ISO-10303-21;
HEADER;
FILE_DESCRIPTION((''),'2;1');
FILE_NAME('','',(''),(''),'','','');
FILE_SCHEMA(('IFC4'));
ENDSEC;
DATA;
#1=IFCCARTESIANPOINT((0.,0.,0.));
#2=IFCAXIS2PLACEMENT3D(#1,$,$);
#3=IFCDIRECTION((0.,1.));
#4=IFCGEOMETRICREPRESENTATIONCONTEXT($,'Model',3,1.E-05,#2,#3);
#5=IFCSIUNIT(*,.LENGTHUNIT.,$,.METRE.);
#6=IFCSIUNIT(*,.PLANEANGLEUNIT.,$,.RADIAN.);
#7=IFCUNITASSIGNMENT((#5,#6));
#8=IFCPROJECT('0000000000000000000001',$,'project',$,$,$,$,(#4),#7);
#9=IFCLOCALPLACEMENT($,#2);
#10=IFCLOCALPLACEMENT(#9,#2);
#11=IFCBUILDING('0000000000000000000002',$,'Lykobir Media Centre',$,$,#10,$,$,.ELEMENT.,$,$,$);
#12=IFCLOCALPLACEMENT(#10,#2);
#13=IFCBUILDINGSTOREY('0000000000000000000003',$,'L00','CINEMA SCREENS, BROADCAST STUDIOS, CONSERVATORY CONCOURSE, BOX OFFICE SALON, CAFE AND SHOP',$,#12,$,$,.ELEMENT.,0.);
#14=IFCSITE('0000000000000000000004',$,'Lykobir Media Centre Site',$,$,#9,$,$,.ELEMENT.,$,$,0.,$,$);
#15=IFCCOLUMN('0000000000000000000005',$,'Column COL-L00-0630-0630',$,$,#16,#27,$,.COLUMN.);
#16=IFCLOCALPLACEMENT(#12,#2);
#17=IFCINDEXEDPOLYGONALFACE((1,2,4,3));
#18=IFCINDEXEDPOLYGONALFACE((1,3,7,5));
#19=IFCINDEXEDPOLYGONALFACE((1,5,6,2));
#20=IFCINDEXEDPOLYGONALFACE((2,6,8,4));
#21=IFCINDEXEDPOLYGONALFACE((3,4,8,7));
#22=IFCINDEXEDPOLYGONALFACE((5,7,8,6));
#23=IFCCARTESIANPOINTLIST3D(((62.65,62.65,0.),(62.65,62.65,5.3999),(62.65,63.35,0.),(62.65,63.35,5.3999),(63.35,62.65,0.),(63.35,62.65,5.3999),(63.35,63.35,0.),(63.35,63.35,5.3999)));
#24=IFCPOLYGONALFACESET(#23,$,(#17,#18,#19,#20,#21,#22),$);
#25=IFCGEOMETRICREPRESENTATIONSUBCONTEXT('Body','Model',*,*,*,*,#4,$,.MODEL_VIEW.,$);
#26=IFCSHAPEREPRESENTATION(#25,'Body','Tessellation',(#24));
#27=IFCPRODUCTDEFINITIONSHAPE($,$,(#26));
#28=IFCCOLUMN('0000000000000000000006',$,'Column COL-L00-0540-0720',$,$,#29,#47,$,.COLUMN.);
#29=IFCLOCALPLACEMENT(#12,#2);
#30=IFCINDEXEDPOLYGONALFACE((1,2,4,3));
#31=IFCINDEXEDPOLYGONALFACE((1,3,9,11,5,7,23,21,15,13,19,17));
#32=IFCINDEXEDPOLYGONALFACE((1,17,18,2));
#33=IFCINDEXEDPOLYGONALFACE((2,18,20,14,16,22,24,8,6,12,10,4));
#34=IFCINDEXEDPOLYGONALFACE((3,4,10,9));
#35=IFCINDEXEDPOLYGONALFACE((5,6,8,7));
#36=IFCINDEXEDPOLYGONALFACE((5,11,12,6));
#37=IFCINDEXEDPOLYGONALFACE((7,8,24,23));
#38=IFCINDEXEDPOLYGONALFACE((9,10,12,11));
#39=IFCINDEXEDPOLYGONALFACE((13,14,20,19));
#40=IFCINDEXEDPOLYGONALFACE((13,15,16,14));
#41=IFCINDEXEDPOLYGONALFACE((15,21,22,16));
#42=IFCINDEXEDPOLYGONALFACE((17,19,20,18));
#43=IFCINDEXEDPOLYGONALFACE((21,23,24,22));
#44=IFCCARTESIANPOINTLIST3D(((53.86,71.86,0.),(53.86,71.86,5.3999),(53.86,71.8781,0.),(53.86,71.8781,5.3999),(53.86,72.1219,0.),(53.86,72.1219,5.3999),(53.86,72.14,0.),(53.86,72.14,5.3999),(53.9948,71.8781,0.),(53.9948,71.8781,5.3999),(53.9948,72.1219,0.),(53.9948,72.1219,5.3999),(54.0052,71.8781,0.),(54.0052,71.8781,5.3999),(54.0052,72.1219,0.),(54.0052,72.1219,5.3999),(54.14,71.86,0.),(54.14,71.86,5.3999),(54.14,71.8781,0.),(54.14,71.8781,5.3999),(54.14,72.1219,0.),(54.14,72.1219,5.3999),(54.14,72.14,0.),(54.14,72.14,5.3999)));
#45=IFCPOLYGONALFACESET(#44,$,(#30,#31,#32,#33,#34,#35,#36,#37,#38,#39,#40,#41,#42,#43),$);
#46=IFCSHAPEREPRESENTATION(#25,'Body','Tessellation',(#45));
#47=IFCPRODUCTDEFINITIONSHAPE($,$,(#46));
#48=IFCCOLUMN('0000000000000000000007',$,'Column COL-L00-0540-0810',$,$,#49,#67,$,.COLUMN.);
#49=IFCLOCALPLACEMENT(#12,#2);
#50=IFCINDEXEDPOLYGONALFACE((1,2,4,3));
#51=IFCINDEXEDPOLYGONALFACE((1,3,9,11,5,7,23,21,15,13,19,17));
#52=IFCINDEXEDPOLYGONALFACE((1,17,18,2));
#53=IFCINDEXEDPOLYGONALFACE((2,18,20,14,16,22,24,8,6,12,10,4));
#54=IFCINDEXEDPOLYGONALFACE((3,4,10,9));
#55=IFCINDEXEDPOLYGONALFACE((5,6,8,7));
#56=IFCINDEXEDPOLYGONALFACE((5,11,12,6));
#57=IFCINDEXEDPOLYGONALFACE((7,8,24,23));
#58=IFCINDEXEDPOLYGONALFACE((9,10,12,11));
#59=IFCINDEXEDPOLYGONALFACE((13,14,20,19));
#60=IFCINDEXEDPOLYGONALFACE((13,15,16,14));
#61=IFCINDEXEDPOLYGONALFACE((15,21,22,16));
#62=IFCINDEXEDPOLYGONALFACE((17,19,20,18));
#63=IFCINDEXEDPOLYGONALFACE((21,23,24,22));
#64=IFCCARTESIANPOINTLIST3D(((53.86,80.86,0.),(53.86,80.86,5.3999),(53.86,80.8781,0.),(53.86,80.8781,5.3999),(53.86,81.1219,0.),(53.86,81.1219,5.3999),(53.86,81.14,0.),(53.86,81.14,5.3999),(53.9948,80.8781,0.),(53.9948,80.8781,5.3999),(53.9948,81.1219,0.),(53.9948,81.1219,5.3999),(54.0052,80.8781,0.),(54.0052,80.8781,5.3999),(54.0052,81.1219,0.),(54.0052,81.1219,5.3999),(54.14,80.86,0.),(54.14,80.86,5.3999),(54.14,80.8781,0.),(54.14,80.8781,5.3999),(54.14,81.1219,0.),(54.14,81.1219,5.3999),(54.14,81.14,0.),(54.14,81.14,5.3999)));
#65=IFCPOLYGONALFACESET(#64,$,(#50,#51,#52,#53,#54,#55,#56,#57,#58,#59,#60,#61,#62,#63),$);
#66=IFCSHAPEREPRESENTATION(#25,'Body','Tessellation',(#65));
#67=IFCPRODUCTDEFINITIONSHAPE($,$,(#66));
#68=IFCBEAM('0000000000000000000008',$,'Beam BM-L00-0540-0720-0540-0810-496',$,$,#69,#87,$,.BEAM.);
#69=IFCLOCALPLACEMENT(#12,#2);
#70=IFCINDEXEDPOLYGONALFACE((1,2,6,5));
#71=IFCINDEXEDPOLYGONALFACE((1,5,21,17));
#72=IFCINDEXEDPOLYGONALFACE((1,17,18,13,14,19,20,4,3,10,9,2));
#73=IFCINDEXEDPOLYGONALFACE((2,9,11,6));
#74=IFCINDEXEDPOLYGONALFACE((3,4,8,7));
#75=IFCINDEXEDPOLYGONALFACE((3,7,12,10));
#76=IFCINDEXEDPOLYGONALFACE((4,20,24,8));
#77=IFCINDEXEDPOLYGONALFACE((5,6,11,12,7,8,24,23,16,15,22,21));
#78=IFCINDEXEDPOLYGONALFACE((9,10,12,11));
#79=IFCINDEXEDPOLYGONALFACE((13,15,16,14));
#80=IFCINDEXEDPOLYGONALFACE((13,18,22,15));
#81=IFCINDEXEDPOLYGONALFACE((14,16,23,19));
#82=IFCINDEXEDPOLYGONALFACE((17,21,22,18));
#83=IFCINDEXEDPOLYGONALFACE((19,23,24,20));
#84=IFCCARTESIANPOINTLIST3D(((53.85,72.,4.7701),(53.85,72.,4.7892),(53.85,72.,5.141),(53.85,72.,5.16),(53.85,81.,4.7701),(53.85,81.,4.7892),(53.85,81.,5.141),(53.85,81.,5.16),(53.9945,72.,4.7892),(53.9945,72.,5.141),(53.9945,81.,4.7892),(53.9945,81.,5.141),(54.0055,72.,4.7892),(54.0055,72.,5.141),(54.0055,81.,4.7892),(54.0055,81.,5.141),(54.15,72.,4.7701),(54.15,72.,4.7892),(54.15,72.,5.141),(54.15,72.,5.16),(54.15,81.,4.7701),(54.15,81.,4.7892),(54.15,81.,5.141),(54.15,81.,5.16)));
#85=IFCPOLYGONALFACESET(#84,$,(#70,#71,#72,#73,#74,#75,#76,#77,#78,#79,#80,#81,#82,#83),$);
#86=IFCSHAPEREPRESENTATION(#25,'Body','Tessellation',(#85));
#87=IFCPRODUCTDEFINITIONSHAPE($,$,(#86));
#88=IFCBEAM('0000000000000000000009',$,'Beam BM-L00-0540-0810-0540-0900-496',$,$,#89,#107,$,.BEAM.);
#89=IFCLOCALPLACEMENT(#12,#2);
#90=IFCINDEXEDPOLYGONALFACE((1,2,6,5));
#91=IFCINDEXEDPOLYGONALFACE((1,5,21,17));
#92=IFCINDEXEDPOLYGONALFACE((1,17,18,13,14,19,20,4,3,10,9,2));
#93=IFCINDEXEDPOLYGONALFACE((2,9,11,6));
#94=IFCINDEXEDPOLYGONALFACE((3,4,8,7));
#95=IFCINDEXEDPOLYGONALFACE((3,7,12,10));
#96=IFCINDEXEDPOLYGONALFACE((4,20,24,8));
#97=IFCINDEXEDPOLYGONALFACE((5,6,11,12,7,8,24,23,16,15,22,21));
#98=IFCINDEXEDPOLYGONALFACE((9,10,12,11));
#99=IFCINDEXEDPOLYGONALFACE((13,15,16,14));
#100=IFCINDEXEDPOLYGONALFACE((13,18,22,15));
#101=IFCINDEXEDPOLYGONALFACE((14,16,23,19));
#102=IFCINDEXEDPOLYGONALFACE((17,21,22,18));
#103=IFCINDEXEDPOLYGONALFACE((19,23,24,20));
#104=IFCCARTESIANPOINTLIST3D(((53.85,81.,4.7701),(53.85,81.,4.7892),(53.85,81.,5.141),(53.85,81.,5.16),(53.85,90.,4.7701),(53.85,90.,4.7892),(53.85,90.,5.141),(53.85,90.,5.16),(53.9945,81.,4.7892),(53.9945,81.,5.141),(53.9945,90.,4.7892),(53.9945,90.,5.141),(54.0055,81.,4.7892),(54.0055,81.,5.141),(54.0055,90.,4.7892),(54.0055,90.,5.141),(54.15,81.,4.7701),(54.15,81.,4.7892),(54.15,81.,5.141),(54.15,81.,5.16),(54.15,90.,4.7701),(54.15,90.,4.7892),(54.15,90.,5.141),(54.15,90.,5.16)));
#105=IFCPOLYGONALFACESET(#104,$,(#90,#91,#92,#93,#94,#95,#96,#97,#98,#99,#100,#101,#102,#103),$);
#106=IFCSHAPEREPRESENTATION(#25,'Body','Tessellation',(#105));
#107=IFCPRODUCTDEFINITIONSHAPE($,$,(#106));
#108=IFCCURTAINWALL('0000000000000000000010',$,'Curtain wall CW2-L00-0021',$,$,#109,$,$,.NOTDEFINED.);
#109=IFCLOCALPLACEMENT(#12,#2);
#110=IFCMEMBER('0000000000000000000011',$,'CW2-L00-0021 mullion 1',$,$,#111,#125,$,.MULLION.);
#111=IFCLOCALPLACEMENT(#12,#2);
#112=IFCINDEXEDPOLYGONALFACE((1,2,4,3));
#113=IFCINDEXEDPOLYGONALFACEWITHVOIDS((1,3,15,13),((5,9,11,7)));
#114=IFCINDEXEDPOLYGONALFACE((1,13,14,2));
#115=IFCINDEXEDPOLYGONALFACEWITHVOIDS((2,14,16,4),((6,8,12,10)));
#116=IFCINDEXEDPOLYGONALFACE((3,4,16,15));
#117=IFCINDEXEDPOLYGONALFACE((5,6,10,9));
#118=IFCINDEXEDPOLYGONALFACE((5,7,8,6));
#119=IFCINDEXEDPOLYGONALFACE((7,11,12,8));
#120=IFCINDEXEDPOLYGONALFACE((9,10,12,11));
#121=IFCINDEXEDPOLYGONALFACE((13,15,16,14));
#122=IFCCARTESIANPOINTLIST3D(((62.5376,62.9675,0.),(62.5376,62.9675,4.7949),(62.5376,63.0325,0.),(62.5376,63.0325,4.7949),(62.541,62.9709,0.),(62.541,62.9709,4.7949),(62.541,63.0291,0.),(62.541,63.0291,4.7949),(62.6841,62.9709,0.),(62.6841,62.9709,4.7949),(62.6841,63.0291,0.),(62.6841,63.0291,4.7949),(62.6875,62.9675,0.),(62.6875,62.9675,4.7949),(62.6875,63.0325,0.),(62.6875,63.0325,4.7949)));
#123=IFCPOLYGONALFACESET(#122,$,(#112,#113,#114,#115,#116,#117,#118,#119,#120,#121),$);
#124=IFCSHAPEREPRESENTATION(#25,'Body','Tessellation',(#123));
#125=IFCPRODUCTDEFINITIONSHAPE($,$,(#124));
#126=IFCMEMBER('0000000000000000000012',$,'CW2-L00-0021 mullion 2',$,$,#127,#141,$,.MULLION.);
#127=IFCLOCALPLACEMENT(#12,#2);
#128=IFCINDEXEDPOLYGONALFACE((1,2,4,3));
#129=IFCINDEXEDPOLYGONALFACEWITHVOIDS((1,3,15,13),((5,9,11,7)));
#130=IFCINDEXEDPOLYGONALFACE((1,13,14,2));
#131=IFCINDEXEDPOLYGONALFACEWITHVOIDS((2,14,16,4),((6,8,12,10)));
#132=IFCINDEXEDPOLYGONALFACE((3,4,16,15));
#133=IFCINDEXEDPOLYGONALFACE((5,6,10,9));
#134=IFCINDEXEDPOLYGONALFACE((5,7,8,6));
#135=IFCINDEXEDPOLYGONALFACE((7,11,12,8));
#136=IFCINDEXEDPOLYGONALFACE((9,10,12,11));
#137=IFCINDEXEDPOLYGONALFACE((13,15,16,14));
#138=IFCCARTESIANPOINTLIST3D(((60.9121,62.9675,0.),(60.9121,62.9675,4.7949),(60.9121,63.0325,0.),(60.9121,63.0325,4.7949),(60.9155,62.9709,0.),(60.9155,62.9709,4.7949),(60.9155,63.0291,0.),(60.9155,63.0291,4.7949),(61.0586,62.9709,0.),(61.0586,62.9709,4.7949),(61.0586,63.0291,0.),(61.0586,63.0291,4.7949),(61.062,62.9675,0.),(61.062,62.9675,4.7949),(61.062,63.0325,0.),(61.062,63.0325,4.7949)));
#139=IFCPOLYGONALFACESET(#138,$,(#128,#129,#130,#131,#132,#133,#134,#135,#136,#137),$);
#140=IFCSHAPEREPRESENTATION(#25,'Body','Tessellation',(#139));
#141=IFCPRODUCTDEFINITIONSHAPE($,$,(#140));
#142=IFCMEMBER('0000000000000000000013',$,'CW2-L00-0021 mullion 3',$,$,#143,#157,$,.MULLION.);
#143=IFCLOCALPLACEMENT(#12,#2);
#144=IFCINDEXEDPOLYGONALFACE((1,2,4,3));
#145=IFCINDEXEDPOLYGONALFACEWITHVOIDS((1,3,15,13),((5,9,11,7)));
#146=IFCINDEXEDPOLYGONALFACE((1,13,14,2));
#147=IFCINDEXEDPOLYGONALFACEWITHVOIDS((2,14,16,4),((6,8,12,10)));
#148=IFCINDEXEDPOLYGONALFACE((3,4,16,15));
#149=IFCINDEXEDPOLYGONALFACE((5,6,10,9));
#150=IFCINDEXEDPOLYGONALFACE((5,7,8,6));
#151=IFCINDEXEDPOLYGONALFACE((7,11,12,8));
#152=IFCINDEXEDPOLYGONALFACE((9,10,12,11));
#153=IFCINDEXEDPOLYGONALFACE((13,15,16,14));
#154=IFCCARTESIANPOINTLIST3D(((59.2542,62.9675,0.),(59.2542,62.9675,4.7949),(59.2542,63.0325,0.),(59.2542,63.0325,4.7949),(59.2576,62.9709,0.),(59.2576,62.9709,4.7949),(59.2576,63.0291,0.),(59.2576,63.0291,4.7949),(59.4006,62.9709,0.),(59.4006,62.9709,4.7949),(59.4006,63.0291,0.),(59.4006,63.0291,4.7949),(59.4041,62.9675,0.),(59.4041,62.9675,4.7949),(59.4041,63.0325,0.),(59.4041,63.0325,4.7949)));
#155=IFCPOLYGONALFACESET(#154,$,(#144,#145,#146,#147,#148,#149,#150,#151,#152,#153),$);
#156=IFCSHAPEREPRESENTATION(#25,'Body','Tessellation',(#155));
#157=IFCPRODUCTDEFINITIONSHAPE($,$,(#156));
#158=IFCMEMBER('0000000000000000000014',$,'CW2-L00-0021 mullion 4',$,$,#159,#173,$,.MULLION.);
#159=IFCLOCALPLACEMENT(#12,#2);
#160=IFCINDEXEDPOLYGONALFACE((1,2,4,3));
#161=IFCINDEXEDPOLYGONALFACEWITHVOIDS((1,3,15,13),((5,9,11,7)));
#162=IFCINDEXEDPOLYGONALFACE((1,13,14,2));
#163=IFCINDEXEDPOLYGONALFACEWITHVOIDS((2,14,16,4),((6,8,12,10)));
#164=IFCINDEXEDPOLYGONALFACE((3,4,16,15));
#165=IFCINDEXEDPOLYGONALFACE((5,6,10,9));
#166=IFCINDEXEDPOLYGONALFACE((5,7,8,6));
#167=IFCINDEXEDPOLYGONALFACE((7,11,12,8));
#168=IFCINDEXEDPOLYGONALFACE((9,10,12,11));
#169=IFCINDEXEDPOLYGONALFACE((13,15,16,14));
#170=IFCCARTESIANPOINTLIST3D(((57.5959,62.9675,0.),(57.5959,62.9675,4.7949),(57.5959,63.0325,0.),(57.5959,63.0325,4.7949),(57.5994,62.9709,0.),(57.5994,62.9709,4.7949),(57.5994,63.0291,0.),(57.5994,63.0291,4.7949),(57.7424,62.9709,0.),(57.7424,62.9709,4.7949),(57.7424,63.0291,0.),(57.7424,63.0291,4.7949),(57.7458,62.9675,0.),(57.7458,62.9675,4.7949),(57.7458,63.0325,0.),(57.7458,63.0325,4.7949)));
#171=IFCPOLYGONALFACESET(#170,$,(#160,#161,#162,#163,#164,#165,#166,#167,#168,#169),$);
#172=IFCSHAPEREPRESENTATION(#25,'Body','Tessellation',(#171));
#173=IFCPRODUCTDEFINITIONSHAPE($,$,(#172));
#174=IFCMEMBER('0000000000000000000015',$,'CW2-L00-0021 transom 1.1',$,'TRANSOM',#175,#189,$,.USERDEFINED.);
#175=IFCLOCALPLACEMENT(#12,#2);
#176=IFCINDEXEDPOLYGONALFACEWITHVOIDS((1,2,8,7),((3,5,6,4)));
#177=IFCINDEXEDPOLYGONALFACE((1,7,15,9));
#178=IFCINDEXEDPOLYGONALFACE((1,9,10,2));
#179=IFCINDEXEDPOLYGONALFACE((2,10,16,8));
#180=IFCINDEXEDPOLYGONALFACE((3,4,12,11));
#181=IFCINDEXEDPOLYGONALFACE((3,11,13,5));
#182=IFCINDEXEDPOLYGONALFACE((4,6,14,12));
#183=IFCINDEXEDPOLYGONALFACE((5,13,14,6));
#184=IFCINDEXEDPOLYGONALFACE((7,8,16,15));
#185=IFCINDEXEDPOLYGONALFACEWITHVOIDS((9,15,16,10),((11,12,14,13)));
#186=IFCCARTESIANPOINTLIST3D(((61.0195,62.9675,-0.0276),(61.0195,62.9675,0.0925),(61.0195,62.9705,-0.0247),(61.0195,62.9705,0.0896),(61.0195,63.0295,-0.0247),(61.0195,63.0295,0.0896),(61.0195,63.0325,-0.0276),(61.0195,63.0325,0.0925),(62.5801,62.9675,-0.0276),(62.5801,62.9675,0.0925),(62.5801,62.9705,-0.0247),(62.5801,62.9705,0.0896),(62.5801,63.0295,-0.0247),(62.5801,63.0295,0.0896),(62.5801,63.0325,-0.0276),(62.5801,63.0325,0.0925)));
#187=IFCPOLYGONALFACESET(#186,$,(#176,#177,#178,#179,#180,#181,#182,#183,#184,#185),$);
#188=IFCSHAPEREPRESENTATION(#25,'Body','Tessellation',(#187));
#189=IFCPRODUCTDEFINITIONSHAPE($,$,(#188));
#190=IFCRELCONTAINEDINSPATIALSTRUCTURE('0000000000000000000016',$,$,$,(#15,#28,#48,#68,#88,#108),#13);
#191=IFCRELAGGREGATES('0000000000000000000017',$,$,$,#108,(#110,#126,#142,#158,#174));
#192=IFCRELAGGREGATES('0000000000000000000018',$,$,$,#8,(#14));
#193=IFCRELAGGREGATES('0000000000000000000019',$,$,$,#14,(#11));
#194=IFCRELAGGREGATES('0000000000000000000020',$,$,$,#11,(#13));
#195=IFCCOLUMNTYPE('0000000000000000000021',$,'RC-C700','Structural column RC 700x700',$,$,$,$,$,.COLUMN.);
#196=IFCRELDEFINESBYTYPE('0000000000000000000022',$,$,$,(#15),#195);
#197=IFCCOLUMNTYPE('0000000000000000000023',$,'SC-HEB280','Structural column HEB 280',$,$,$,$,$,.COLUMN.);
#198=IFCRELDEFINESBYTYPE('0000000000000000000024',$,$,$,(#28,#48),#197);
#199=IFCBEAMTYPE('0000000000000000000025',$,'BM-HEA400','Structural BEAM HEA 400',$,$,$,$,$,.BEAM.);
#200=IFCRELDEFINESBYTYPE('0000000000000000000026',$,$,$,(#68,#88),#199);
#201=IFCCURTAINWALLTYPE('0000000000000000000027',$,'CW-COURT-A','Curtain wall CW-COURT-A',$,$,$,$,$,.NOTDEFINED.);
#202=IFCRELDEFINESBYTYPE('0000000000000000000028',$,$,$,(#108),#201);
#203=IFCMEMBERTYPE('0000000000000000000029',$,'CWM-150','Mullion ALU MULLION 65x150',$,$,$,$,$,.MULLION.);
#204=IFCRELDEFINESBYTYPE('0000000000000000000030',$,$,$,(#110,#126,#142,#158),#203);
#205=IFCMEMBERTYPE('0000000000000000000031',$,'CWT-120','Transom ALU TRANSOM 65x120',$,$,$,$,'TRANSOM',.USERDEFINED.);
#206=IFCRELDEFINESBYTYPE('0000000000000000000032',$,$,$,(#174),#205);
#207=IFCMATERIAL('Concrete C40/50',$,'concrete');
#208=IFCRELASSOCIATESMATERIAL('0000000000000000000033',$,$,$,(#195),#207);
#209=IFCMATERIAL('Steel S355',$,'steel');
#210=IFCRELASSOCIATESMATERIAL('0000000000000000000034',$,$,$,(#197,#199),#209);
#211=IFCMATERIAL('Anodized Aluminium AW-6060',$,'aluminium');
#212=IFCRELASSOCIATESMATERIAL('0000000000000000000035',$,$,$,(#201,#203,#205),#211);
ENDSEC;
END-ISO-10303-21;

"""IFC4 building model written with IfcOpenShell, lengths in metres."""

from ifc_helpers import new_model, si_unit, direction, frame, origin, origin_2d, place, context, subcontext, project, spatial, rectangle, hollow_rectangle, i_section, extrude, material, material_profile, profile_set, type_object, element, aggregate, save


model = new_model("IFC4")

# Units and contexts
model_context = context("Model", 3, precision=1e-05, world=origin(), true_north=direction((0.0, 1.0)))
body_context = subcontext(model_context, "Body", "Model", "MODEL_VIEW")
ifc_project = project(units=[si_unit("LENGTHUNIT", "METRE"), si_unit("PLANEANGLEUNIT", "RADIAN")], contexts=[model_context])

# Site, building, storey
site_placement = place(None, origin())
site = spatial("IfcSite", under=ifc_project, at=site_placement, Name="Lykobir Media Centre Site", CompositionType="ELEMENT", RefElevation=0.0)
building_placement = place(site_placement, origin())
building = spatial("IfcBuilding", under=site, at=building_placement, Name="Lykobir Media Centre", CompositionType="ELEMENT")
storey_placement = place(building_placement, origin())
storey = spatial("IfcBuildingStorey", under=building, at=storey_placement, Name="L00", Description="CINEMA SCREENS, BROADCAST STUDIOS, CONSERVATORY CONCOURSE, BOX OFFICE SALON, CAFE AND SHOP", CompositionType="ELEMENT", Elevation=0.0)

# Columns
ifc_material_1 = material(Name="Concrete C40/50", Category="concrete")
ifc_material_profile_1 = material_profile(ifc_material_1, rectangle(XDim=0.7, YDim=0.7, at=origin_2d()), Name="RC 700x700")
ifc_profile_set_1 = profile_set([ifc_material_profile_1], Name="Concrete C40/50")
column_type_1 = type_object("IfcColumnType", Name="RC-C700", Description="Structural column RC 700x700", PredefinedType="COLUMN", material=ifc_profile_set_1)
column_placement = place(storey_placement, frame((63.0, 63.0, 0.0), z_axis=(0.0, 0.0, 1.0), x_axis=(1.0, 0.0, 0.0)))
element("IfcColumn", 1, at=column_placement, inside=storey, type_object=column_type_1, Name="Column COL-L00-0630-0630", PredefinedType="COLUMN", context=body_context, shape_type="SweptSolid", body=[
    extrude(rectangle(XDim=0.7, YDim=0.7, at=origin_2d()), origin(), (0.0, 0.0, 1.0), 5.3999),
])
ifc_material_2 = material(Name="Steel S355", Category="steel")
ifc_material_profile_2 = material_profile(ifc_material_2, i_section(OverallWidth=0.28, OverallDepth=0.28, WebThickness=0.0105, FlangeThickness=0.0181, at=origin_2d()), Name="HEB 280")
ifc_profile_set_2 = profile_set([ifc_material_profile_2], Name="Steel S355")
column_type_2 = type_object("IfcColumnType", Name="SC-HEB280", Description="Structural column HEB 280", PredefinedType="COLUMN", material=ifc_profile_set_2)
for number, where, z_axis, x_axis, name in (
    (2, (54.0, 72.0, 0.0), (0.0, 0.0, 1.0), (1.0, 0.0, 0.0), "Column COL-L00-0540-0720"),
    (3, (54.0, 81.0, 0.0), (0.0, 0.0, 1.0), (1.0, 0.0, 0.0), "Column COL-L00-0540-0810"),
):
    element("IfcColumn", number, at=place(storey_placement, frame(where, z_axis=z_axis, x_axis=x_axis)), inside=storey, type_object=column_type_2, Name=name, PredefinedType="COLUMN", context=body_context, shape_type="SweptSolid", body=[
        extrude(i_section(OverallWidth=0.28, OverallDepth=0.28, WebThickness=0.0105, FlangeThickness=0.0181, at=origin_2d()), origin(), (0.0, 0.0, 1.0), 5.3999),
    ])

# Beams
ifc_material_profile_3 = material_profile(ifc_material_2, i_section(OverallWidth=0.3, OverallDepth=0.3899, WebThickness=0.011, FlangeThickness=0.019, at=origin_2d()), Name="HEA 400")
ifc_profile_set_3 = profile_set([ifc_material_profile_3], Name="Steel S355")
beam_type_1 = type_object("IfcBeamType", Name="BM-HEA400", Description="Structural BEAM HEA 400", PredefinedType="BEAM", material=ifc_profile_set_3)
for number, where, z_axis, x_axis, name in (
    (4, (54.0, 72.0, 4.9651), (0.0, 1.0, 0.0), (-1.0, 0.0, 0.0), "Beam BM-L00-0540-0720-0540-0810-496"),
    (5, (54.0, 81.0, 4.9651), (0.0, 1.0, 0.0), (-1.0, 0.0, 0.0), "Beam BM-L00-0540-0810-0540-0900-496"),
):
    element("IfcBeam", number, at=place(storey_placement, frame(where, z_axis=z_axis, x_axis=x_axis)), inside=storey, type_object=beam_type_1, Name=name, PredefinedType="BEAM", context=body_context, shape_type="SweptSolid", body=[
        extrude(i_section(OverallWidth=0.3, OverallDepth=0.3899, WebThickness=0.011, FlangeThickness=0.019, at=origin_2d()), origin(), (0.0, 0.0, 1.0), 9.0),
    ])

# Curtain wall, members
ifc_material_3 = material(Name="Anodized Aluminium AW-6060", Category="aluminium")
curtain_wall_type = type_object("IfcCurtainWallType", Name="CW-COURT-A", Description="Curtain wall CW-COURT-A", PredefinedType="NOTDEFINED", material=ifc_material_3)
curtain_wall_placement = place(storey_placement, origin())
curtain_wall = element("IfcCurtainWall", 6, at=curtain_wall_placement, inside=storey, type_object=curtain_wall_type, Name="Curtain wall CW2-L00-0021", PredefinedType="NOTDEFINED")
ifc_material_profile_4 = material_profile(ifc_material_3, hollow_rectangle(XDim=0.0649, YDim=0.1499, WallThickness=0.0034, at=origin_2d()), Name="ALU MULLION 65x150")
ifc_profile_set_4 = profile_set([ifc_material_profile_4], Name="Anodized Aluminium AW-6060")
member_type_1 = type_object("IfcMemberType", Name="CWM-150", Description="Mullion ALU MULLION 65x150", PredefinedType="MULLION", material=ifc_profile_set_4)
member_1_placement = place(storey_placement, frame((62.6125, 63.0, 0.0), z_axis=(0.0, 0.0, 1.0), x_axis=(0.0, -1.0, 0.0)))
member_1 = element("IfcMember", 7, at=member_1_placement, type_object=member_type_1, Name="CW2-L00-0021 mullion 1", PredefinedType="MULLION", context=body_context, shape_type="SweptSolid", body=[
    extrude(hollow_rectangle(XDim=0.0649, YDim=0.1499, WallThickness=0.0034, at=origin_2d()), origin(), (0.0, 0.0, 1.0), 4.7949),
])
member_2_placement = place(storey_placement, frame((60.9871, 63.0, 0.0), z_axis=(0.0, 0.0, 1.0), x_axis=(0.0, -1.0, 0.0)))
member_2 = element("IfcMember", 8, at=member_2_placement, type_object=member_type_1, Name="CW2-L00-0021 mullion 2", PredefinedType="MULLION", context=body_context, shape_type="SweptSolid", body=[
    extrude(hollow_rectangle(XDim=0.0649, YDim=0.1499, WallThickness=0.0034, at=origin_2d()), origin(), (0.0, 0.0, 1.0), 4.7949),
])
member_3_placement = place(storey_placement, frame((59.3291, 63.0, 0.0), z_axis=(0.0, 0.0, 1.0), x_axis=(0.0, -1.0, 0.0)))
member_3 = element("IfcMember", 9, at=member_3_placement, type_object=member_type_1, Name="CW2-L00-0021 mullion 3", PredefinedType="MULLION", context=body_context, shape_type="SweptSolid", body=[
    extrude(hollow_rectangle(XDim=0.0649, YDim=0.1499, WallThickness=0.0034, at=origin_2d()), origin(), (0.0, 0.0, 1.0), 4.7949),
])
member_4_placement = place(storey_placement, frame((57.6709, 63.0, 0.0), z_axis=(0.0, 0.0, 1.0), x_axis=(0.0, -1.0, 0.0)))
member_4 = element("IfcMember", 10, at=member_4_placement, type_object=member_type_1, Name="CW2-L00-0021 mullion 4", PredefinedType="MULLION", context=body_context, shape_type="SweptSolid", body=[
    extrude(hollow_rectangle(XDim=0.0649, YDim=0.1499, WallThickness=0.0034, at=origin_2d()), origin(), (0.0, 0.0, 1.0), 4.7949),
])
ifc_material_profile_5 = material_profile(ifc_material_3, hollow_rectangle(XDim=0.0649, YDim=0.1201, WallThickness=0.0029, at=origin_2d()), Name="ALU TRANSOM 65x120")
ifc_profile_set_5 = profile_set([ifc_material_profile_5], Name="Anodized Aluminium AW-6060")
member_type_2 = type_object("IfcMemberType", Name="CWT-120", Description="Transom ALU TRANSOM 65x120", ElementType="TRANSOM", PredefinedType="USERDEFINED", material=ifc_profile_set_5)
member_5_placement = place(storey_placement, frame((62.5801, 63.0, 0.0325), z_axis=(-1.0, 0.0, 0.0), x_axis=(0.0, -1.0, 0.0)))
member_5 = element("IfcMember", 11, at=member_5_placement, type_object=member_type_2, Name="CW2-L00-0021 transom 1.1", ObjectType="TRANSOM", PredefinedType="USERDEFINED", context=body_context, shape_type="SweptSolid", body=[
    extrude(hollow_rectangle(XDim=0.0649, YDim=0.1201, WallThickness=0.0029, at=origin_2d()), origin(), (0.0, 0.0, 1.0), 1.5605),
])

aggregate(curtain_wall, [member_1, member_2, member_3, member_4, member_5])

save(model, "model.ifc")
